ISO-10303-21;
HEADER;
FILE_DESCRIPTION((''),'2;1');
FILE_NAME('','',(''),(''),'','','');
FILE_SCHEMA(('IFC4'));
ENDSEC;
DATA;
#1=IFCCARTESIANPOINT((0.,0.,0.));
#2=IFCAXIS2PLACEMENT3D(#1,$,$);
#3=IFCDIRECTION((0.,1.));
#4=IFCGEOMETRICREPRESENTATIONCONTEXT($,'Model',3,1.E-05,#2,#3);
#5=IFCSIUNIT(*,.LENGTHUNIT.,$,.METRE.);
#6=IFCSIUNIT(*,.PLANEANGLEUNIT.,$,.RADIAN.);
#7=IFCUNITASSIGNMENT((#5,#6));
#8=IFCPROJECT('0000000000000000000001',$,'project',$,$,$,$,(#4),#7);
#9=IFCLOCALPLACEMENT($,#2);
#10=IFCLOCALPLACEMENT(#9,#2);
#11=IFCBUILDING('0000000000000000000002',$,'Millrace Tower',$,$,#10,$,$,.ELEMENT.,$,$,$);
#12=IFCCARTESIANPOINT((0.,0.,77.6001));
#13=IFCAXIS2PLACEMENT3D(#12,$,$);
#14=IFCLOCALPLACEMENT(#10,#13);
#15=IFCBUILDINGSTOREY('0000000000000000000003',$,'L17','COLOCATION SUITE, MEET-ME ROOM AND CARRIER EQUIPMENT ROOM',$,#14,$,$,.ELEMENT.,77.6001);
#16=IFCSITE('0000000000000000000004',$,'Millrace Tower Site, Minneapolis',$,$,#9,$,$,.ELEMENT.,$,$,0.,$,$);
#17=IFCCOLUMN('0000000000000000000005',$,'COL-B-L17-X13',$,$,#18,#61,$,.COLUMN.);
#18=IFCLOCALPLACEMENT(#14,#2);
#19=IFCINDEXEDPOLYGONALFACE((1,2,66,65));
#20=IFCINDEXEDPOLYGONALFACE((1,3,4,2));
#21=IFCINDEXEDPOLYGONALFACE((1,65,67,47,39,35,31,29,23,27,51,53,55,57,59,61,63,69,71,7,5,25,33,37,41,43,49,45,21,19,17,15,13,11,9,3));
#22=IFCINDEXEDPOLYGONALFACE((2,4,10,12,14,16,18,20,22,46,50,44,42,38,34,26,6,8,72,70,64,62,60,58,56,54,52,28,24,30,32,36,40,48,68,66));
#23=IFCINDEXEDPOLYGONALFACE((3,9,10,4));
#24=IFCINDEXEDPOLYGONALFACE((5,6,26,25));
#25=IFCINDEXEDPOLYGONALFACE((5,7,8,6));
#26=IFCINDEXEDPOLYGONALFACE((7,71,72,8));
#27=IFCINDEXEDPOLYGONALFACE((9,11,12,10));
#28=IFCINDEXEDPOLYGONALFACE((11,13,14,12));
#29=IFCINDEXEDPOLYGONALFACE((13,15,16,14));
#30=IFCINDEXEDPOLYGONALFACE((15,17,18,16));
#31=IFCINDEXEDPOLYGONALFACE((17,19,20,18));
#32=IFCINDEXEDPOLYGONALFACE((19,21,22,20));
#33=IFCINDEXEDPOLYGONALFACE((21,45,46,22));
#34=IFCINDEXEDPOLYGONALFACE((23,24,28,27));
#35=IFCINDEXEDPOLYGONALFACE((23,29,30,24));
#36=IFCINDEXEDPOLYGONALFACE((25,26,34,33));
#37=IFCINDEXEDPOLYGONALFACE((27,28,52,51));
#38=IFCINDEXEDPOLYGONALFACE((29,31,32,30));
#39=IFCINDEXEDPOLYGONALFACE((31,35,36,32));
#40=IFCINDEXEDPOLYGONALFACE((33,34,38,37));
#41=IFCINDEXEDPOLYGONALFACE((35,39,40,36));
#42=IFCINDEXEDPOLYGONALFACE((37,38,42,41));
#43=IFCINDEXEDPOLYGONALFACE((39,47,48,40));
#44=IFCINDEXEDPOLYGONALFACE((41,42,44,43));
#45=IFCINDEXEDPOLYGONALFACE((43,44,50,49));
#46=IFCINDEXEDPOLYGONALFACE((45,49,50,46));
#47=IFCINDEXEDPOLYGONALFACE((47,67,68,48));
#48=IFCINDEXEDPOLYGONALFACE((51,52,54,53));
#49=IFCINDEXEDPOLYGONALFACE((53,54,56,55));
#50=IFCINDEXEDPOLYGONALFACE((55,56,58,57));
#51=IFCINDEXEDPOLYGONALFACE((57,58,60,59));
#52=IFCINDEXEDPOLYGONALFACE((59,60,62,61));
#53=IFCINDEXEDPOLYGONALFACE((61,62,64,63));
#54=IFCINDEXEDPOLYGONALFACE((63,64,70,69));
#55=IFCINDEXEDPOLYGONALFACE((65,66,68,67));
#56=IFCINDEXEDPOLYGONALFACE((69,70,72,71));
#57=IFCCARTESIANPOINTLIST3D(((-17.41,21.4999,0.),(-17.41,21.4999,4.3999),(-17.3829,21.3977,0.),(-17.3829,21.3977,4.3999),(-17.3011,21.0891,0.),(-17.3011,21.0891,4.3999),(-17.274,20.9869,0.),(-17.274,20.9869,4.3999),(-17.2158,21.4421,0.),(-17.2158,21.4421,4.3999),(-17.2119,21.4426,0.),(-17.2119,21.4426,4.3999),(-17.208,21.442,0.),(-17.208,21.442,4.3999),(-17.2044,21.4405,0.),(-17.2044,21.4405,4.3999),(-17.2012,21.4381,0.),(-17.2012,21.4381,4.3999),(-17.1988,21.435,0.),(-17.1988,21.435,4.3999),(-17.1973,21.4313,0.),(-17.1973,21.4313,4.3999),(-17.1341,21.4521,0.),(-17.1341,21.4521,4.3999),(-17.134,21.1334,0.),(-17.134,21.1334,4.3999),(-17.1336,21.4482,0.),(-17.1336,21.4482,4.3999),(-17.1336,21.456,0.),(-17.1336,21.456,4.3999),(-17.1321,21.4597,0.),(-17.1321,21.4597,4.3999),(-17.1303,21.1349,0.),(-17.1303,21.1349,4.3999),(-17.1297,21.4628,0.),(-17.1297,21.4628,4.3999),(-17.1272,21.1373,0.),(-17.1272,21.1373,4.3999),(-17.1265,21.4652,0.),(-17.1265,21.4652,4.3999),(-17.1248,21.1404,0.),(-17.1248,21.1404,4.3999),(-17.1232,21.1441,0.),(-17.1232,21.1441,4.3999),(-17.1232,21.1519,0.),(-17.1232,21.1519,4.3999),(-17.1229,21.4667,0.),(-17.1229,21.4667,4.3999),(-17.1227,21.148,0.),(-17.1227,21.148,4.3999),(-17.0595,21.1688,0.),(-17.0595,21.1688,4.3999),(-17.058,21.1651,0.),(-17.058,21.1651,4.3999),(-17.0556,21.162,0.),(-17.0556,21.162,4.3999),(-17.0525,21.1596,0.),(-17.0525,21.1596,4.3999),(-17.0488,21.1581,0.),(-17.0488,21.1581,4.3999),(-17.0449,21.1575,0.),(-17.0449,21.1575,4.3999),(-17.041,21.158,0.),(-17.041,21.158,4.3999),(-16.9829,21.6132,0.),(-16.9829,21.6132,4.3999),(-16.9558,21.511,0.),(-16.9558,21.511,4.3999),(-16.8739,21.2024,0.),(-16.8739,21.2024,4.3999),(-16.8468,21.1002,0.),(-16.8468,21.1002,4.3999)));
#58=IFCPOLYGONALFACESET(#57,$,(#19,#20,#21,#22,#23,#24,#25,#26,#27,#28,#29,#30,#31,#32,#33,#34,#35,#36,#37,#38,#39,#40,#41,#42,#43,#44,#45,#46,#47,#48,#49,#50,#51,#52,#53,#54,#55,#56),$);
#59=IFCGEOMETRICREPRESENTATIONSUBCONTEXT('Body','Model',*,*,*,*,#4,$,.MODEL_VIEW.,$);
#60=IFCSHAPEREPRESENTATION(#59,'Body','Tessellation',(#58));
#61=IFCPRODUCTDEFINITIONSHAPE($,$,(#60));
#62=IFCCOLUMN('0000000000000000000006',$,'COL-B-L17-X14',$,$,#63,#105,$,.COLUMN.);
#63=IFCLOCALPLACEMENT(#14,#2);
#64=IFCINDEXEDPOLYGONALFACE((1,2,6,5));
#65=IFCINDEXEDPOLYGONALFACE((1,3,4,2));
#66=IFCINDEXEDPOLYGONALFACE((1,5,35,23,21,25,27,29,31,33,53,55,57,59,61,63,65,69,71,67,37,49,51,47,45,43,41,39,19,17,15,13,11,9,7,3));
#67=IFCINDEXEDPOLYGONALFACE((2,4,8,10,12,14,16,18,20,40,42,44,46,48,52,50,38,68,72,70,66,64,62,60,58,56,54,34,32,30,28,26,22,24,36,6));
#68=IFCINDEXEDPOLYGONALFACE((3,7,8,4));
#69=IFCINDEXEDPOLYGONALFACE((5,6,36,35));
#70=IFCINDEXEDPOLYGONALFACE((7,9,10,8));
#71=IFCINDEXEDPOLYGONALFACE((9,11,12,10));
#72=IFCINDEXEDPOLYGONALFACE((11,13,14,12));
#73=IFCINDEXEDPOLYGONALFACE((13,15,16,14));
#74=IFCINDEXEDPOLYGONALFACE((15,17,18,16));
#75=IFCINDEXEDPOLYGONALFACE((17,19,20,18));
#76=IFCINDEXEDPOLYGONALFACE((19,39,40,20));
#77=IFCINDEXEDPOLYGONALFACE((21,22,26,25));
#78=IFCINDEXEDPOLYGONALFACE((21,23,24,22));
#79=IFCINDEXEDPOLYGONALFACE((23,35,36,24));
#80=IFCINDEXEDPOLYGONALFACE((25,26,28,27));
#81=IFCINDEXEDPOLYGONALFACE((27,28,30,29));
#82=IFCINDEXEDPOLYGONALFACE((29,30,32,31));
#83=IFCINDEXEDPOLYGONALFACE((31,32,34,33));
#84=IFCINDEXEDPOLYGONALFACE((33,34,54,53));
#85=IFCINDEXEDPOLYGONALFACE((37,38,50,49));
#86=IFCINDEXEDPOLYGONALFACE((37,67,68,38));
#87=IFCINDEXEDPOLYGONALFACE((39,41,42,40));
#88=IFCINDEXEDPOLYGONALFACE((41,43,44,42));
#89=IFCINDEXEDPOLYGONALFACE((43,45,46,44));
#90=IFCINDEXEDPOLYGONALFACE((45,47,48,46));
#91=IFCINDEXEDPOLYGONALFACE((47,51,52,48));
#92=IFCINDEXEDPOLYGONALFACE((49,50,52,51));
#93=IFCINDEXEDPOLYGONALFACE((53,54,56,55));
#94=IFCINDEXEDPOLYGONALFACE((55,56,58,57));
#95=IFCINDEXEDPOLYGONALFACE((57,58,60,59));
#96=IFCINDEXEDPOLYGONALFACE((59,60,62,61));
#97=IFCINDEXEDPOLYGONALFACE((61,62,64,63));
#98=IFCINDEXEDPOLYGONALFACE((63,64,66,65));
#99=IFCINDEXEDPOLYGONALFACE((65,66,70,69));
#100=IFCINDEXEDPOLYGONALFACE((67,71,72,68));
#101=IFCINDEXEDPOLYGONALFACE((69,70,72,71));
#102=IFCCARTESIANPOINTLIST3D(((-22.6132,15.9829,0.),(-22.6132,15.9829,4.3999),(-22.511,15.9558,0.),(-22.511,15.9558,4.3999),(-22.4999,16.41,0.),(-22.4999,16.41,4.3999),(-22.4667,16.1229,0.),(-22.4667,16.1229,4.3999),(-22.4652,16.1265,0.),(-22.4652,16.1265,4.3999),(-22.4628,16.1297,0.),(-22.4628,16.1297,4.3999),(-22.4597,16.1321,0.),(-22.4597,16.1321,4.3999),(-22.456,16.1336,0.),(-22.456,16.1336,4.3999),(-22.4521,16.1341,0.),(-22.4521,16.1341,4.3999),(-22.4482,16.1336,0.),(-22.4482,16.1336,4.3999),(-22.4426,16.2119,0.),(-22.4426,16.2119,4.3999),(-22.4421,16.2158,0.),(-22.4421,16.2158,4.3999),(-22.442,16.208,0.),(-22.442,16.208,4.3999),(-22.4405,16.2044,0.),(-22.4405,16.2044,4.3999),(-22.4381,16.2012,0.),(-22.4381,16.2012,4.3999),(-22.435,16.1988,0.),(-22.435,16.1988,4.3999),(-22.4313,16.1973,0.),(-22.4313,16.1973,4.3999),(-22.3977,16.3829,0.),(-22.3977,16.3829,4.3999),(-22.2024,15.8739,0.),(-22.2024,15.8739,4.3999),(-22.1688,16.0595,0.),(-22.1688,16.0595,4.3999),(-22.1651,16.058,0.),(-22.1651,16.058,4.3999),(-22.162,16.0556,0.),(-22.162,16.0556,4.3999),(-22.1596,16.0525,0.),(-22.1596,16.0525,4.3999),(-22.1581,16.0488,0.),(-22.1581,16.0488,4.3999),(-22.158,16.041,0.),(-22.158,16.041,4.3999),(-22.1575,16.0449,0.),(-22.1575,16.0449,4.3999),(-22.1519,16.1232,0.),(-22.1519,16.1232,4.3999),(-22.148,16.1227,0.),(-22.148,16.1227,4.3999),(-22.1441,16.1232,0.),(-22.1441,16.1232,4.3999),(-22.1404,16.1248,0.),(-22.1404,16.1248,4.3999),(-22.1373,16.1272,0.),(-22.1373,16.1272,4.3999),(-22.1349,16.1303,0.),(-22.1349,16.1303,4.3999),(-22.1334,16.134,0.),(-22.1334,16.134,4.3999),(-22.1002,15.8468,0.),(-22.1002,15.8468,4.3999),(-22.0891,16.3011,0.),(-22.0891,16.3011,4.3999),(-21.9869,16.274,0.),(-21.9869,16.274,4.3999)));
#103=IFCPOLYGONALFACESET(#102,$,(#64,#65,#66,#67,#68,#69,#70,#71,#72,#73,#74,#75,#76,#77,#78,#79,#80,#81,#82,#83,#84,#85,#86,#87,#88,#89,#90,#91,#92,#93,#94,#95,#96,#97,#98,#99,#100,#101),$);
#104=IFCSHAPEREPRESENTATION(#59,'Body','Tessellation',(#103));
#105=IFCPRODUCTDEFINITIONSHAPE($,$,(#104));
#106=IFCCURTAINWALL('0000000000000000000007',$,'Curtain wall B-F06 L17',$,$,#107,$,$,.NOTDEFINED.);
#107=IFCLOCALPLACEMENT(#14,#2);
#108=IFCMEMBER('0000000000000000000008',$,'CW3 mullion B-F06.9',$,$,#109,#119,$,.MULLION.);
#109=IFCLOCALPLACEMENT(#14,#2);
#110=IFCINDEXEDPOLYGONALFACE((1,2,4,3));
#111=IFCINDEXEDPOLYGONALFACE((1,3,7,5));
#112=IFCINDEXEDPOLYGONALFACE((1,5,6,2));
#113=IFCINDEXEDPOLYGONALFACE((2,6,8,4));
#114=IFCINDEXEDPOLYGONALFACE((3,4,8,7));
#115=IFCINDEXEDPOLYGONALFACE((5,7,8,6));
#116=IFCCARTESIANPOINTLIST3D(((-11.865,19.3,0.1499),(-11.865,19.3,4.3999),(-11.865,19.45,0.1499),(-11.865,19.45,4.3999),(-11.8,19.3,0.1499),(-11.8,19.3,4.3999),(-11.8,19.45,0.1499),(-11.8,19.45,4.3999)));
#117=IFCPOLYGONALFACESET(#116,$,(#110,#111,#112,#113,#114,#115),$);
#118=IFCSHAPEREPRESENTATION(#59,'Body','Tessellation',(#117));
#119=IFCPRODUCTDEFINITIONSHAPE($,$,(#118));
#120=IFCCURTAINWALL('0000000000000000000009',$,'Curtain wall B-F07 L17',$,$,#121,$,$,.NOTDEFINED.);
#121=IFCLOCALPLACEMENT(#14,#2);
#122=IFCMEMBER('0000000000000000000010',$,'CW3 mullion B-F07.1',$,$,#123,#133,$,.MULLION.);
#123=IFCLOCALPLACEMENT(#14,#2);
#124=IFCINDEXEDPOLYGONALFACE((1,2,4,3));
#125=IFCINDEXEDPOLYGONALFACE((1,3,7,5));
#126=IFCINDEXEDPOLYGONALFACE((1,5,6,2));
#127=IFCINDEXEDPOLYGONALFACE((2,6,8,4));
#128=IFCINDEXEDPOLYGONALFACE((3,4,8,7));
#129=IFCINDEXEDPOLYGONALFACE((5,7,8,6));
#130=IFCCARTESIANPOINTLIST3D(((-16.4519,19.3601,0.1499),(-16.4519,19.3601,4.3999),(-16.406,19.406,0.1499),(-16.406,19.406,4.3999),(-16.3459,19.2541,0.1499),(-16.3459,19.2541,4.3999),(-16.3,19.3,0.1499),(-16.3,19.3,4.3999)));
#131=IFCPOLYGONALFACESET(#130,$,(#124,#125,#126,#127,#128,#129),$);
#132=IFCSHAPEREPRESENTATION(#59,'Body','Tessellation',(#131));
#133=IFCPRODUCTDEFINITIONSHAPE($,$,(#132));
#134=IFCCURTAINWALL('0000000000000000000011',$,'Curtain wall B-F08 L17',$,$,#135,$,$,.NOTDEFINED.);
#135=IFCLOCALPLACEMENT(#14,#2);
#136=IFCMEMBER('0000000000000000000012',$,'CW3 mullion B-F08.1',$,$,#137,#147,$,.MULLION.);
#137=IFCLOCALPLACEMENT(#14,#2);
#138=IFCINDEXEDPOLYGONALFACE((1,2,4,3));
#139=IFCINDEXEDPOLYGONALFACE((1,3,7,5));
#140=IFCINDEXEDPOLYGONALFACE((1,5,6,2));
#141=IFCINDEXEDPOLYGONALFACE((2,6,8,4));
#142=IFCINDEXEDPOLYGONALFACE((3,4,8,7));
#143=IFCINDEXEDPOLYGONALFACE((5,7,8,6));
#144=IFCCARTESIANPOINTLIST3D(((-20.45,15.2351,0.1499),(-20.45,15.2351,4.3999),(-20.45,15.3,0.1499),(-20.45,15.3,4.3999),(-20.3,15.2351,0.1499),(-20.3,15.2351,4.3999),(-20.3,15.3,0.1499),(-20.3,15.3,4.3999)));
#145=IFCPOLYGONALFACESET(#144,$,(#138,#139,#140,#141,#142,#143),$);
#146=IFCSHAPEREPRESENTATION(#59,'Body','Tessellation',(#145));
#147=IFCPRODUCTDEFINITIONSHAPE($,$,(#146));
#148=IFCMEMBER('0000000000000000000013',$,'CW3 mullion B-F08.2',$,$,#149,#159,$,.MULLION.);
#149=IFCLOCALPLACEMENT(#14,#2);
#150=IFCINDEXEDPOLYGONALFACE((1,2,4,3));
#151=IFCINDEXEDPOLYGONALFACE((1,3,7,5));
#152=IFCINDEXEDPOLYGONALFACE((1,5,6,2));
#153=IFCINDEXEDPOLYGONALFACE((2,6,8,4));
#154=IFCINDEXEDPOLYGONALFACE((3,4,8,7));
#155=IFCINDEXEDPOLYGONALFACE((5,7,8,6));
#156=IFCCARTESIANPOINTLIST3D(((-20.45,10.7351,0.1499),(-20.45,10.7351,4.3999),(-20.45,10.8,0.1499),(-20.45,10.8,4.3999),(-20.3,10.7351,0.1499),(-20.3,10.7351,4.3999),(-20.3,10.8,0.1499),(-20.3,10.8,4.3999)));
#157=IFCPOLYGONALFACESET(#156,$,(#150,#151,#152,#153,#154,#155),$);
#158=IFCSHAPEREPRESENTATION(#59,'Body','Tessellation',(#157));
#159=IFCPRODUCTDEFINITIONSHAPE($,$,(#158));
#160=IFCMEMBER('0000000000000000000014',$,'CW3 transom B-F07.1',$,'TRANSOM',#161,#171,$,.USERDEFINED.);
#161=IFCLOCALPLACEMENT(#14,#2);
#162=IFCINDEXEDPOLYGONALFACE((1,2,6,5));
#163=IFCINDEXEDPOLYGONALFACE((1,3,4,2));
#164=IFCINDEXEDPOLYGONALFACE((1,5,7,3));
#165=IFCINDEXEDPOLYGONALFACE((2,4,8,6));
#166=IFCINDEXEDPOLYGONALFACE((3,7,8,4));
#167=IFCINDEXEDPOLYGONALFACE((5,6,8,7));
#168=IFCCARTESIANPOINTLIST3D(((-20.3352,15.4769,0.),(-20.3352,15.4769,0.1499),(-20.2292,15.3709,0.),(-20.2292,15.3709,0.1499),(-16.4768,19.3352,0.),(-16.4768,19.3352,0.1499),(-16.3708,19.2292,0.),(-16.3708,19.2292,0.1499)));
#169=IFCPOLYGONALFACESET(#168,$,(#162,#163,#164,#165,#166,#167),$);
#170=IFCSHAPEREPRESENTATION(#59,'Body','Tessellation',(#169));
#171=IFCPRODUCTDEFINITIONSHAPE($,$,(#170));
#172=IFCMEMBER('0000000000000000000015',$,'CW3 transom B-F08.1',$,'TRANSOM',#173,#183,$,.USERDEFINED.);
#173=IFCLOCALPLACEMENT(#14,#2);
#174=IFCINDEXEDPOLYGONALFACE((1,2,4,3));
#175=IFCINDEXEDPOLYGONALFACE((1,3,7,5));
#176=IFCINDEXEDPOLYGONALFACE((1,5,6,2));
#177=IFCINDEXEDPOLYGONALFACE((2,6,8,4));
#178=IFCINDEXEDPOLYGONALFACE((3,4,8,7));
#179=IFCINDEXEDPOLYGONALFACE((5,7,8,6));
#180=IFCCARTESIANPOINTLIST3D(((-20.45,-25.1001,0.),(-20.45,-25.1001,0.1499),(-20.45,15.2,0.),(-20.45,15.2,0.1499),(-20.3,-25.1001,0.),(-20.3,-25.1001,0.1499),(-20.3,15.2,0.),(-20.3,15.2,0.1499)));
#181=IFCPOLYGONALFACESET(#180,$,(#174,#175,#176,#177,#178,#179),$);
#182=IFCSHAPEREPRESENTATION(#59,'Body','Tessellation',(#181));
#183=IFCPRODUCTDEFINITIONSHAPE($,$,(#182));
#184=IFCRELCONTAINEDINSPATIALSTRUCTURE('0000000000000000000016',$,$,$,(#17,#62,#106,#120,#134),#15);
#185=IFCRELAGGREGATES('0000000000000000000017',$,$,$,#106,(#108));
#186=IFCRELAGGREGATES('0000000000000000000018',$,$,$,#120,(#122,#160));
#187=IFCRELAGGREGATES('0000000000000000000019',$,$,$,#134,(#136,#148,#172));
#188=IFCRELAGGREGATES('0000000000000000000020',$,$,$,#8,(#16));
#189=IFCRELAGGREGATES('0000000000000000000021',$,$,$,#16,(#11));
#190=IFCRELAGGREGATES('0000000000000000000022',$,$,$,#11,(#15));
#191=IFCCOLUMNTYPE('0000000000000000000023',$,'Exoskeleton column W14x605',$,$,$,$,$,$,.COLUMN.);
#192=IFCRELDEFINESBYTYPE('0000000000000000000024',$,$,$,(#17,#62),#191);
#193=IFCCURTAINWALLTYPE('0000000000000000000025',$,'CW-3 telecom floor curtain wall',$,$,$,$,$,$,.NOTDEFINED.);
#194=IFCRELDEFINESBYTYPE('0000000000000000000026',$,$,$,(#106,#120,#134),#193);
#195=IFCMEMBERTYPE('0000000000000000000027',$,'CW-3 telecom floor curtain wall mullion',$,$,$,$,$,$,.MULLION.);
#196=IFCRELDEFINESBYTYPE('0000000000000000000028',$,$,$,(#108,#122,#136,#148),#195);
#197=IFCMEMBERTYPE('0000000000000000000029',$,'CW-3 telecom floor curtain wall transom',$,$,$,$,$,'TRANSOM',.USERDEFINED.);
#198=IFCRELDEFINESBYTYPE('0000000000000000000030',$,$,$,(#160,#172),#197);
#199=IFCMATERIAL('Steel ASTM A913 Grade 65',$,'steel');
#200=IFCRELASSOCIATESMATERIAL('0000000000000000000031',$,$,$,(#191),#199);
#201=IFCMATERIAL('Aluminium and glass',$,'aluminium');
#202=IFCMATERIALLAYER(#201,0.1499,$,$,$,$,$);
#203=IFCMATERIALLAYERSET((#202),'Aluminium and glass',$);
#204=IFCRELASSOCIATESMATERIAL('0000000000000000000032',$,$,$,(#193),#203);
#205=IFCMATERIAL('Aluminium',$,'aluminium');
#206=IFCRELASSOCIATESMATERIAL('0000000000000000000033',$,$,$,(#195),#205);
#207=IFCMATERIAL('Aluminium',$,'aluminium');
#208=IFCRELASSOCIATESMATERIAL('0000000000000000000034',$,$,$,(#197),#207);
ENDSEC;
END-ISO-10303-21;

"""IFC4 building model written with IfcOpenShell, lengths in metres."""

from ifc_helpers import new_model, si_unit, direction, frame, origin, origin_2d, place, context, subcontext, project, spatial, rectangle, i_section, extrude, material, layer, layer_set, material_profile, profile_set, type_object, element, aggregate, save


model = new_model("IFC4")

# Units and contexts
model_context = context("Model", 3, precision=1e-05, world=origin(), true_north=direction((0.0, 1.0)))
body_context = subcontext(model_context, "Body", "Model", "MODEL_VIEW")
ifc_project = project(units=[si_unit("LENGTHUNIT", "METRE"), si_unit("PLANEANGLEUNIT", "RADIAN")], contexts=[model_context])

# Site, building, storey
site_placement = place(None, origin())
site = spatial("IfcSite", under=ifc_project, at=site_placement, Name="Millrace Tower Site, Minneapolis", CompositionType="ELEMENT", RefElevation=0.0)
building_placement = place(site_placement, origin())
building = spatial("IfcBuilding", under=site, at=building_placement, Name="Millrace Tower", CompositionType="ELEMENT")
storey_placement = place(building_placement, frame((0.0, 0.0, 77.6001)))
storey = spatial("IfcBuildingStorey", under=building, at=storey_placement, Name="L17", Description="COLOCATION SUITE, MEET-ME ROOM AND CARRIER EQUIPMENT ROOM", CompositionType="ELEMENT", Elevation=77.6001)

# Columns
ifc_material_1 = material(Name="Steel ASTM A913 Grade 65", Category="steel")
ifc_material_profile_1 = material_profile(ifc_material_1, i_section(OverallWidth=0.4419, OverallDepth=0.5308, WebThickness=0.0659, FlangeThickness=0.1057, FilletRadius=0.0151, at=origin_2d()))
ifc_profile_set_1 = profile_set([ifc_material_profile_1], Name="Steel ASTM A913 Grade 65")
column_type = type_object("IfcColumnType", Name="Exoskeleton column W14x605", PredefinedType="COLUMN", material=ifc_profile_set_1)
for number, where, z_axis, x_axis, name in (
    (1, (-17.1284, 21.3, 0.0), (0.0, 0.0, 1.0), (-0.966585, -0.256347, 0.0), "COL-B-L17-X13"),
    (2, (-22.3, 16.1284, 0.0), (0.0, 0.0, 1.0), (-0.256347, -0.966585, 0.0), "COL-B-L17-X14"),
):
    element("IfcColumn", number, at=place(storey_placement, frame(where, z_axis=z_axis, x_axis=x_axis)), inside=storey, type_object=column_type, Name=name, PredefinedType="COLUMN", context=body_context, shape_type="SweptSolid", body=[
        extrude(i_section(OverallWidth=0.4419, OverallDepth=0.5308, WebThickness=0.0659, FlangeThickness=0.1057, FilletRadius=0.0151, at=origin_2d()), origin(), (0.0, 0.0, 1.0), 4.3999),
    ])

# Curtain walls, members
ifc_material_2 = material(Name="Aluminium and glass", Category="aluminium")
ifc_layer_1 = layer(ifc_material_2, 0.1499)
ifc_layer_set_1 = layer_set([ifc_layer_1], Name="Aluminium and glass")
curtain_wall_type = type_object("IfcCurtainWallType", Name="CW-3 telecom floor curtain wall", PredefinedType="NOTDEFINED", material=ifc_layer_set_1)
placement = place(storey_placement, origin())
curtain_wall_1 = element("IfcCurtainWall", 3, at=placement, inside=storey, type_object=curtain_wall_type, Name="Curtain wall B-F06 L17", PredefinedType="NOTDEFINED")
ifc_material_3 = material(Name="Aluminium", Category="aluminium")
ifc_material_profile_2 = material_profile(ifc_material_3, rectangle(XDim=0.0649, YDim=0.1499, at=origin_2d()))
ifc_profile_set_2 = profile_set([ifc_material_profile_2], Name="Aluminium")
member_type_1 = type_object("IfcMemberType", Name="CW-3 telecom floor curtain wall mullion", PredefinedType="MULLION", material=ifc_profile_set_2)
member_1_placement = place(storey_placement, frame((-11.8325, 19.375, 0.1499), z_axis=(0.0, 0.0, 1.0), x_axis=(-1.0, 0.0, 0.0)))
member_1 = element("IfcMember", 4, at=member_1_placement, type_object=member_type_1, Name="CW3 mullion B-F06.9", PredefinedType="MULLION", context=body_context, shape_type="SweptSolid", body=[
    extrude(rectangle(XDim=0.0649, YDim=0.1499, at=origin_2d()), origin(), (0.0, 0.0, 1.0), 4.25),
])
aggregate(curtain_wall_1, [member_1])
curtain_wall_2 = element("IfcCurtainWall", 5, at=placement, inside=storey, type_object=curtain_wall_type, Name="Curtain wall B-F07 L17", PredefinedType="NOTDEFINED")
member_2_placement = place(storey_placement, frame((-16.376, 19.3301, 0.1499), z_axis=(0.0, 0.0, 1.0), x_axis=(-0.707107, -0.707107, 0.0)))
member_2 = element("IfcMember", 6, at=member_2_placement, type_object=member_type_1, Name="CW3 mullion B-F07.1", PredefinedType="MULLION", context=body_context, shape_type="SweptSolid", body=[
    extrude(rectangle(XDim=0.0649, YDim=0.1499, at=origin_2d()), origin(), (0.0, 0.0, 1.0), 4.25),
])

# Curtain wall, members
curtain_wall_3 = element("IfcCurtainWall", 7, at=placement, inside=storey, type_object=curtain_wall_type, Name="Curtain wall B-F08 L17", PredefinedType="NOTDEFINED")
member_3_placement = place(storey_placement, frame((-20.375, 15.2676, 0.1499), z_axis=(0.0, 0.0, 1.0), x_axis=(0.0, -1.0, 0.0)))
member_3 = element("IfcMember", 8, at=member_3_placement, type_object=member_type_1, Name="CW3 mullion B-F08.1", PredefinedType="MULLION", context=body_context, shape_type="SweptSolid", body=[
    extrude(rectangle(XDim=0.0649, YDim=0.1499, at=origin_2d()), origin(), (0.0, 0.0, 1.0), 4.25),
])
member_4_placement = place(storey_placement, frame((-20.375, 10.7676, 0.1499), z_axis=(0.0, 0.0, 1.0), x_axis=(0.0, -1.0, 0.0)))
member_4 = element("IfcMember", 9, at=member_4_placement, type_object=member_type_1, Name="CW3 mullion B-F08.2", PredefinedType="MULLION", context=body_context, shape_type="SweptSolid", body=[
    extrude(rectangle(XDim=0.0649, YDim=0.1499, at=origin_2d()), origin(), (0.0, 0.0, 1.0), 4.25),
])

# Members
ifc_material_4 = material(Name="Aluminium", Category="aluminium")
ifc_material_profile_3 = material_profile(ifc_material_4, rectangle(XDim=0.1499, YDim=0.1499, at=origin_2d()))
ifc_profile_set_3 = profile_set([ifc_material_profile_3], Name="Aluminium")
member_type_2 = type_object("IfcMemberType", Name="CW-3 telecom floor curtain wall transom", ElementType="TRANSOM", PredefinedType="USERDEFINED", material=ifc_profile_set_3)
member_5_placement = place(storey_placement, frame((-16.4238, 19.2822, 0.075), z_axis=(-0.707107, -0.707107, 0.0), x_axis=(0.707107, -0.707107, 0.0)))
member_5 = element("IfcMember", 10, at=member_5_placement, type_object=member_type_2, Name="CW3 transom B-F07.1", ObjectType="TRANSOM", PredefinedType="USERDEFINED", context=body_context, shape_type="SweptSolid", body=[
    extrude(rectangle(XDim=0.1499, YDim=0.1499, at=origin_2d()), origin(), (0.0, 0.0, 1.0), 5.4565),
])
aggregate(curtain_wall_2, [member_2, member_5])
member_6_placement = place(storey_placement, frame((-20.375, 15.2, 0.075), z_axis=(0.0, -1.0, 0.0), x_axis=(1.0, 0.0, 0.0)))
member_6 = element("IfcMember", 11, at=member_6_placement, type_object=member_type_2, Name="CW3 transom B-F08.1", ObjectType="TRANSOM", PredefinedType="USERDEFINED", context=body_context, shape_type="SweptSolid", body=[
    extrude(rectangle(XDim=0.1499, YDim=0.1499, at=origin_2d()), origin(), (0.0, 0.0, 1.0), 40.3),
])
aggregate(curtain_wall_3, [member_3, member_4, member_6])

save(model, "model.ifc")
